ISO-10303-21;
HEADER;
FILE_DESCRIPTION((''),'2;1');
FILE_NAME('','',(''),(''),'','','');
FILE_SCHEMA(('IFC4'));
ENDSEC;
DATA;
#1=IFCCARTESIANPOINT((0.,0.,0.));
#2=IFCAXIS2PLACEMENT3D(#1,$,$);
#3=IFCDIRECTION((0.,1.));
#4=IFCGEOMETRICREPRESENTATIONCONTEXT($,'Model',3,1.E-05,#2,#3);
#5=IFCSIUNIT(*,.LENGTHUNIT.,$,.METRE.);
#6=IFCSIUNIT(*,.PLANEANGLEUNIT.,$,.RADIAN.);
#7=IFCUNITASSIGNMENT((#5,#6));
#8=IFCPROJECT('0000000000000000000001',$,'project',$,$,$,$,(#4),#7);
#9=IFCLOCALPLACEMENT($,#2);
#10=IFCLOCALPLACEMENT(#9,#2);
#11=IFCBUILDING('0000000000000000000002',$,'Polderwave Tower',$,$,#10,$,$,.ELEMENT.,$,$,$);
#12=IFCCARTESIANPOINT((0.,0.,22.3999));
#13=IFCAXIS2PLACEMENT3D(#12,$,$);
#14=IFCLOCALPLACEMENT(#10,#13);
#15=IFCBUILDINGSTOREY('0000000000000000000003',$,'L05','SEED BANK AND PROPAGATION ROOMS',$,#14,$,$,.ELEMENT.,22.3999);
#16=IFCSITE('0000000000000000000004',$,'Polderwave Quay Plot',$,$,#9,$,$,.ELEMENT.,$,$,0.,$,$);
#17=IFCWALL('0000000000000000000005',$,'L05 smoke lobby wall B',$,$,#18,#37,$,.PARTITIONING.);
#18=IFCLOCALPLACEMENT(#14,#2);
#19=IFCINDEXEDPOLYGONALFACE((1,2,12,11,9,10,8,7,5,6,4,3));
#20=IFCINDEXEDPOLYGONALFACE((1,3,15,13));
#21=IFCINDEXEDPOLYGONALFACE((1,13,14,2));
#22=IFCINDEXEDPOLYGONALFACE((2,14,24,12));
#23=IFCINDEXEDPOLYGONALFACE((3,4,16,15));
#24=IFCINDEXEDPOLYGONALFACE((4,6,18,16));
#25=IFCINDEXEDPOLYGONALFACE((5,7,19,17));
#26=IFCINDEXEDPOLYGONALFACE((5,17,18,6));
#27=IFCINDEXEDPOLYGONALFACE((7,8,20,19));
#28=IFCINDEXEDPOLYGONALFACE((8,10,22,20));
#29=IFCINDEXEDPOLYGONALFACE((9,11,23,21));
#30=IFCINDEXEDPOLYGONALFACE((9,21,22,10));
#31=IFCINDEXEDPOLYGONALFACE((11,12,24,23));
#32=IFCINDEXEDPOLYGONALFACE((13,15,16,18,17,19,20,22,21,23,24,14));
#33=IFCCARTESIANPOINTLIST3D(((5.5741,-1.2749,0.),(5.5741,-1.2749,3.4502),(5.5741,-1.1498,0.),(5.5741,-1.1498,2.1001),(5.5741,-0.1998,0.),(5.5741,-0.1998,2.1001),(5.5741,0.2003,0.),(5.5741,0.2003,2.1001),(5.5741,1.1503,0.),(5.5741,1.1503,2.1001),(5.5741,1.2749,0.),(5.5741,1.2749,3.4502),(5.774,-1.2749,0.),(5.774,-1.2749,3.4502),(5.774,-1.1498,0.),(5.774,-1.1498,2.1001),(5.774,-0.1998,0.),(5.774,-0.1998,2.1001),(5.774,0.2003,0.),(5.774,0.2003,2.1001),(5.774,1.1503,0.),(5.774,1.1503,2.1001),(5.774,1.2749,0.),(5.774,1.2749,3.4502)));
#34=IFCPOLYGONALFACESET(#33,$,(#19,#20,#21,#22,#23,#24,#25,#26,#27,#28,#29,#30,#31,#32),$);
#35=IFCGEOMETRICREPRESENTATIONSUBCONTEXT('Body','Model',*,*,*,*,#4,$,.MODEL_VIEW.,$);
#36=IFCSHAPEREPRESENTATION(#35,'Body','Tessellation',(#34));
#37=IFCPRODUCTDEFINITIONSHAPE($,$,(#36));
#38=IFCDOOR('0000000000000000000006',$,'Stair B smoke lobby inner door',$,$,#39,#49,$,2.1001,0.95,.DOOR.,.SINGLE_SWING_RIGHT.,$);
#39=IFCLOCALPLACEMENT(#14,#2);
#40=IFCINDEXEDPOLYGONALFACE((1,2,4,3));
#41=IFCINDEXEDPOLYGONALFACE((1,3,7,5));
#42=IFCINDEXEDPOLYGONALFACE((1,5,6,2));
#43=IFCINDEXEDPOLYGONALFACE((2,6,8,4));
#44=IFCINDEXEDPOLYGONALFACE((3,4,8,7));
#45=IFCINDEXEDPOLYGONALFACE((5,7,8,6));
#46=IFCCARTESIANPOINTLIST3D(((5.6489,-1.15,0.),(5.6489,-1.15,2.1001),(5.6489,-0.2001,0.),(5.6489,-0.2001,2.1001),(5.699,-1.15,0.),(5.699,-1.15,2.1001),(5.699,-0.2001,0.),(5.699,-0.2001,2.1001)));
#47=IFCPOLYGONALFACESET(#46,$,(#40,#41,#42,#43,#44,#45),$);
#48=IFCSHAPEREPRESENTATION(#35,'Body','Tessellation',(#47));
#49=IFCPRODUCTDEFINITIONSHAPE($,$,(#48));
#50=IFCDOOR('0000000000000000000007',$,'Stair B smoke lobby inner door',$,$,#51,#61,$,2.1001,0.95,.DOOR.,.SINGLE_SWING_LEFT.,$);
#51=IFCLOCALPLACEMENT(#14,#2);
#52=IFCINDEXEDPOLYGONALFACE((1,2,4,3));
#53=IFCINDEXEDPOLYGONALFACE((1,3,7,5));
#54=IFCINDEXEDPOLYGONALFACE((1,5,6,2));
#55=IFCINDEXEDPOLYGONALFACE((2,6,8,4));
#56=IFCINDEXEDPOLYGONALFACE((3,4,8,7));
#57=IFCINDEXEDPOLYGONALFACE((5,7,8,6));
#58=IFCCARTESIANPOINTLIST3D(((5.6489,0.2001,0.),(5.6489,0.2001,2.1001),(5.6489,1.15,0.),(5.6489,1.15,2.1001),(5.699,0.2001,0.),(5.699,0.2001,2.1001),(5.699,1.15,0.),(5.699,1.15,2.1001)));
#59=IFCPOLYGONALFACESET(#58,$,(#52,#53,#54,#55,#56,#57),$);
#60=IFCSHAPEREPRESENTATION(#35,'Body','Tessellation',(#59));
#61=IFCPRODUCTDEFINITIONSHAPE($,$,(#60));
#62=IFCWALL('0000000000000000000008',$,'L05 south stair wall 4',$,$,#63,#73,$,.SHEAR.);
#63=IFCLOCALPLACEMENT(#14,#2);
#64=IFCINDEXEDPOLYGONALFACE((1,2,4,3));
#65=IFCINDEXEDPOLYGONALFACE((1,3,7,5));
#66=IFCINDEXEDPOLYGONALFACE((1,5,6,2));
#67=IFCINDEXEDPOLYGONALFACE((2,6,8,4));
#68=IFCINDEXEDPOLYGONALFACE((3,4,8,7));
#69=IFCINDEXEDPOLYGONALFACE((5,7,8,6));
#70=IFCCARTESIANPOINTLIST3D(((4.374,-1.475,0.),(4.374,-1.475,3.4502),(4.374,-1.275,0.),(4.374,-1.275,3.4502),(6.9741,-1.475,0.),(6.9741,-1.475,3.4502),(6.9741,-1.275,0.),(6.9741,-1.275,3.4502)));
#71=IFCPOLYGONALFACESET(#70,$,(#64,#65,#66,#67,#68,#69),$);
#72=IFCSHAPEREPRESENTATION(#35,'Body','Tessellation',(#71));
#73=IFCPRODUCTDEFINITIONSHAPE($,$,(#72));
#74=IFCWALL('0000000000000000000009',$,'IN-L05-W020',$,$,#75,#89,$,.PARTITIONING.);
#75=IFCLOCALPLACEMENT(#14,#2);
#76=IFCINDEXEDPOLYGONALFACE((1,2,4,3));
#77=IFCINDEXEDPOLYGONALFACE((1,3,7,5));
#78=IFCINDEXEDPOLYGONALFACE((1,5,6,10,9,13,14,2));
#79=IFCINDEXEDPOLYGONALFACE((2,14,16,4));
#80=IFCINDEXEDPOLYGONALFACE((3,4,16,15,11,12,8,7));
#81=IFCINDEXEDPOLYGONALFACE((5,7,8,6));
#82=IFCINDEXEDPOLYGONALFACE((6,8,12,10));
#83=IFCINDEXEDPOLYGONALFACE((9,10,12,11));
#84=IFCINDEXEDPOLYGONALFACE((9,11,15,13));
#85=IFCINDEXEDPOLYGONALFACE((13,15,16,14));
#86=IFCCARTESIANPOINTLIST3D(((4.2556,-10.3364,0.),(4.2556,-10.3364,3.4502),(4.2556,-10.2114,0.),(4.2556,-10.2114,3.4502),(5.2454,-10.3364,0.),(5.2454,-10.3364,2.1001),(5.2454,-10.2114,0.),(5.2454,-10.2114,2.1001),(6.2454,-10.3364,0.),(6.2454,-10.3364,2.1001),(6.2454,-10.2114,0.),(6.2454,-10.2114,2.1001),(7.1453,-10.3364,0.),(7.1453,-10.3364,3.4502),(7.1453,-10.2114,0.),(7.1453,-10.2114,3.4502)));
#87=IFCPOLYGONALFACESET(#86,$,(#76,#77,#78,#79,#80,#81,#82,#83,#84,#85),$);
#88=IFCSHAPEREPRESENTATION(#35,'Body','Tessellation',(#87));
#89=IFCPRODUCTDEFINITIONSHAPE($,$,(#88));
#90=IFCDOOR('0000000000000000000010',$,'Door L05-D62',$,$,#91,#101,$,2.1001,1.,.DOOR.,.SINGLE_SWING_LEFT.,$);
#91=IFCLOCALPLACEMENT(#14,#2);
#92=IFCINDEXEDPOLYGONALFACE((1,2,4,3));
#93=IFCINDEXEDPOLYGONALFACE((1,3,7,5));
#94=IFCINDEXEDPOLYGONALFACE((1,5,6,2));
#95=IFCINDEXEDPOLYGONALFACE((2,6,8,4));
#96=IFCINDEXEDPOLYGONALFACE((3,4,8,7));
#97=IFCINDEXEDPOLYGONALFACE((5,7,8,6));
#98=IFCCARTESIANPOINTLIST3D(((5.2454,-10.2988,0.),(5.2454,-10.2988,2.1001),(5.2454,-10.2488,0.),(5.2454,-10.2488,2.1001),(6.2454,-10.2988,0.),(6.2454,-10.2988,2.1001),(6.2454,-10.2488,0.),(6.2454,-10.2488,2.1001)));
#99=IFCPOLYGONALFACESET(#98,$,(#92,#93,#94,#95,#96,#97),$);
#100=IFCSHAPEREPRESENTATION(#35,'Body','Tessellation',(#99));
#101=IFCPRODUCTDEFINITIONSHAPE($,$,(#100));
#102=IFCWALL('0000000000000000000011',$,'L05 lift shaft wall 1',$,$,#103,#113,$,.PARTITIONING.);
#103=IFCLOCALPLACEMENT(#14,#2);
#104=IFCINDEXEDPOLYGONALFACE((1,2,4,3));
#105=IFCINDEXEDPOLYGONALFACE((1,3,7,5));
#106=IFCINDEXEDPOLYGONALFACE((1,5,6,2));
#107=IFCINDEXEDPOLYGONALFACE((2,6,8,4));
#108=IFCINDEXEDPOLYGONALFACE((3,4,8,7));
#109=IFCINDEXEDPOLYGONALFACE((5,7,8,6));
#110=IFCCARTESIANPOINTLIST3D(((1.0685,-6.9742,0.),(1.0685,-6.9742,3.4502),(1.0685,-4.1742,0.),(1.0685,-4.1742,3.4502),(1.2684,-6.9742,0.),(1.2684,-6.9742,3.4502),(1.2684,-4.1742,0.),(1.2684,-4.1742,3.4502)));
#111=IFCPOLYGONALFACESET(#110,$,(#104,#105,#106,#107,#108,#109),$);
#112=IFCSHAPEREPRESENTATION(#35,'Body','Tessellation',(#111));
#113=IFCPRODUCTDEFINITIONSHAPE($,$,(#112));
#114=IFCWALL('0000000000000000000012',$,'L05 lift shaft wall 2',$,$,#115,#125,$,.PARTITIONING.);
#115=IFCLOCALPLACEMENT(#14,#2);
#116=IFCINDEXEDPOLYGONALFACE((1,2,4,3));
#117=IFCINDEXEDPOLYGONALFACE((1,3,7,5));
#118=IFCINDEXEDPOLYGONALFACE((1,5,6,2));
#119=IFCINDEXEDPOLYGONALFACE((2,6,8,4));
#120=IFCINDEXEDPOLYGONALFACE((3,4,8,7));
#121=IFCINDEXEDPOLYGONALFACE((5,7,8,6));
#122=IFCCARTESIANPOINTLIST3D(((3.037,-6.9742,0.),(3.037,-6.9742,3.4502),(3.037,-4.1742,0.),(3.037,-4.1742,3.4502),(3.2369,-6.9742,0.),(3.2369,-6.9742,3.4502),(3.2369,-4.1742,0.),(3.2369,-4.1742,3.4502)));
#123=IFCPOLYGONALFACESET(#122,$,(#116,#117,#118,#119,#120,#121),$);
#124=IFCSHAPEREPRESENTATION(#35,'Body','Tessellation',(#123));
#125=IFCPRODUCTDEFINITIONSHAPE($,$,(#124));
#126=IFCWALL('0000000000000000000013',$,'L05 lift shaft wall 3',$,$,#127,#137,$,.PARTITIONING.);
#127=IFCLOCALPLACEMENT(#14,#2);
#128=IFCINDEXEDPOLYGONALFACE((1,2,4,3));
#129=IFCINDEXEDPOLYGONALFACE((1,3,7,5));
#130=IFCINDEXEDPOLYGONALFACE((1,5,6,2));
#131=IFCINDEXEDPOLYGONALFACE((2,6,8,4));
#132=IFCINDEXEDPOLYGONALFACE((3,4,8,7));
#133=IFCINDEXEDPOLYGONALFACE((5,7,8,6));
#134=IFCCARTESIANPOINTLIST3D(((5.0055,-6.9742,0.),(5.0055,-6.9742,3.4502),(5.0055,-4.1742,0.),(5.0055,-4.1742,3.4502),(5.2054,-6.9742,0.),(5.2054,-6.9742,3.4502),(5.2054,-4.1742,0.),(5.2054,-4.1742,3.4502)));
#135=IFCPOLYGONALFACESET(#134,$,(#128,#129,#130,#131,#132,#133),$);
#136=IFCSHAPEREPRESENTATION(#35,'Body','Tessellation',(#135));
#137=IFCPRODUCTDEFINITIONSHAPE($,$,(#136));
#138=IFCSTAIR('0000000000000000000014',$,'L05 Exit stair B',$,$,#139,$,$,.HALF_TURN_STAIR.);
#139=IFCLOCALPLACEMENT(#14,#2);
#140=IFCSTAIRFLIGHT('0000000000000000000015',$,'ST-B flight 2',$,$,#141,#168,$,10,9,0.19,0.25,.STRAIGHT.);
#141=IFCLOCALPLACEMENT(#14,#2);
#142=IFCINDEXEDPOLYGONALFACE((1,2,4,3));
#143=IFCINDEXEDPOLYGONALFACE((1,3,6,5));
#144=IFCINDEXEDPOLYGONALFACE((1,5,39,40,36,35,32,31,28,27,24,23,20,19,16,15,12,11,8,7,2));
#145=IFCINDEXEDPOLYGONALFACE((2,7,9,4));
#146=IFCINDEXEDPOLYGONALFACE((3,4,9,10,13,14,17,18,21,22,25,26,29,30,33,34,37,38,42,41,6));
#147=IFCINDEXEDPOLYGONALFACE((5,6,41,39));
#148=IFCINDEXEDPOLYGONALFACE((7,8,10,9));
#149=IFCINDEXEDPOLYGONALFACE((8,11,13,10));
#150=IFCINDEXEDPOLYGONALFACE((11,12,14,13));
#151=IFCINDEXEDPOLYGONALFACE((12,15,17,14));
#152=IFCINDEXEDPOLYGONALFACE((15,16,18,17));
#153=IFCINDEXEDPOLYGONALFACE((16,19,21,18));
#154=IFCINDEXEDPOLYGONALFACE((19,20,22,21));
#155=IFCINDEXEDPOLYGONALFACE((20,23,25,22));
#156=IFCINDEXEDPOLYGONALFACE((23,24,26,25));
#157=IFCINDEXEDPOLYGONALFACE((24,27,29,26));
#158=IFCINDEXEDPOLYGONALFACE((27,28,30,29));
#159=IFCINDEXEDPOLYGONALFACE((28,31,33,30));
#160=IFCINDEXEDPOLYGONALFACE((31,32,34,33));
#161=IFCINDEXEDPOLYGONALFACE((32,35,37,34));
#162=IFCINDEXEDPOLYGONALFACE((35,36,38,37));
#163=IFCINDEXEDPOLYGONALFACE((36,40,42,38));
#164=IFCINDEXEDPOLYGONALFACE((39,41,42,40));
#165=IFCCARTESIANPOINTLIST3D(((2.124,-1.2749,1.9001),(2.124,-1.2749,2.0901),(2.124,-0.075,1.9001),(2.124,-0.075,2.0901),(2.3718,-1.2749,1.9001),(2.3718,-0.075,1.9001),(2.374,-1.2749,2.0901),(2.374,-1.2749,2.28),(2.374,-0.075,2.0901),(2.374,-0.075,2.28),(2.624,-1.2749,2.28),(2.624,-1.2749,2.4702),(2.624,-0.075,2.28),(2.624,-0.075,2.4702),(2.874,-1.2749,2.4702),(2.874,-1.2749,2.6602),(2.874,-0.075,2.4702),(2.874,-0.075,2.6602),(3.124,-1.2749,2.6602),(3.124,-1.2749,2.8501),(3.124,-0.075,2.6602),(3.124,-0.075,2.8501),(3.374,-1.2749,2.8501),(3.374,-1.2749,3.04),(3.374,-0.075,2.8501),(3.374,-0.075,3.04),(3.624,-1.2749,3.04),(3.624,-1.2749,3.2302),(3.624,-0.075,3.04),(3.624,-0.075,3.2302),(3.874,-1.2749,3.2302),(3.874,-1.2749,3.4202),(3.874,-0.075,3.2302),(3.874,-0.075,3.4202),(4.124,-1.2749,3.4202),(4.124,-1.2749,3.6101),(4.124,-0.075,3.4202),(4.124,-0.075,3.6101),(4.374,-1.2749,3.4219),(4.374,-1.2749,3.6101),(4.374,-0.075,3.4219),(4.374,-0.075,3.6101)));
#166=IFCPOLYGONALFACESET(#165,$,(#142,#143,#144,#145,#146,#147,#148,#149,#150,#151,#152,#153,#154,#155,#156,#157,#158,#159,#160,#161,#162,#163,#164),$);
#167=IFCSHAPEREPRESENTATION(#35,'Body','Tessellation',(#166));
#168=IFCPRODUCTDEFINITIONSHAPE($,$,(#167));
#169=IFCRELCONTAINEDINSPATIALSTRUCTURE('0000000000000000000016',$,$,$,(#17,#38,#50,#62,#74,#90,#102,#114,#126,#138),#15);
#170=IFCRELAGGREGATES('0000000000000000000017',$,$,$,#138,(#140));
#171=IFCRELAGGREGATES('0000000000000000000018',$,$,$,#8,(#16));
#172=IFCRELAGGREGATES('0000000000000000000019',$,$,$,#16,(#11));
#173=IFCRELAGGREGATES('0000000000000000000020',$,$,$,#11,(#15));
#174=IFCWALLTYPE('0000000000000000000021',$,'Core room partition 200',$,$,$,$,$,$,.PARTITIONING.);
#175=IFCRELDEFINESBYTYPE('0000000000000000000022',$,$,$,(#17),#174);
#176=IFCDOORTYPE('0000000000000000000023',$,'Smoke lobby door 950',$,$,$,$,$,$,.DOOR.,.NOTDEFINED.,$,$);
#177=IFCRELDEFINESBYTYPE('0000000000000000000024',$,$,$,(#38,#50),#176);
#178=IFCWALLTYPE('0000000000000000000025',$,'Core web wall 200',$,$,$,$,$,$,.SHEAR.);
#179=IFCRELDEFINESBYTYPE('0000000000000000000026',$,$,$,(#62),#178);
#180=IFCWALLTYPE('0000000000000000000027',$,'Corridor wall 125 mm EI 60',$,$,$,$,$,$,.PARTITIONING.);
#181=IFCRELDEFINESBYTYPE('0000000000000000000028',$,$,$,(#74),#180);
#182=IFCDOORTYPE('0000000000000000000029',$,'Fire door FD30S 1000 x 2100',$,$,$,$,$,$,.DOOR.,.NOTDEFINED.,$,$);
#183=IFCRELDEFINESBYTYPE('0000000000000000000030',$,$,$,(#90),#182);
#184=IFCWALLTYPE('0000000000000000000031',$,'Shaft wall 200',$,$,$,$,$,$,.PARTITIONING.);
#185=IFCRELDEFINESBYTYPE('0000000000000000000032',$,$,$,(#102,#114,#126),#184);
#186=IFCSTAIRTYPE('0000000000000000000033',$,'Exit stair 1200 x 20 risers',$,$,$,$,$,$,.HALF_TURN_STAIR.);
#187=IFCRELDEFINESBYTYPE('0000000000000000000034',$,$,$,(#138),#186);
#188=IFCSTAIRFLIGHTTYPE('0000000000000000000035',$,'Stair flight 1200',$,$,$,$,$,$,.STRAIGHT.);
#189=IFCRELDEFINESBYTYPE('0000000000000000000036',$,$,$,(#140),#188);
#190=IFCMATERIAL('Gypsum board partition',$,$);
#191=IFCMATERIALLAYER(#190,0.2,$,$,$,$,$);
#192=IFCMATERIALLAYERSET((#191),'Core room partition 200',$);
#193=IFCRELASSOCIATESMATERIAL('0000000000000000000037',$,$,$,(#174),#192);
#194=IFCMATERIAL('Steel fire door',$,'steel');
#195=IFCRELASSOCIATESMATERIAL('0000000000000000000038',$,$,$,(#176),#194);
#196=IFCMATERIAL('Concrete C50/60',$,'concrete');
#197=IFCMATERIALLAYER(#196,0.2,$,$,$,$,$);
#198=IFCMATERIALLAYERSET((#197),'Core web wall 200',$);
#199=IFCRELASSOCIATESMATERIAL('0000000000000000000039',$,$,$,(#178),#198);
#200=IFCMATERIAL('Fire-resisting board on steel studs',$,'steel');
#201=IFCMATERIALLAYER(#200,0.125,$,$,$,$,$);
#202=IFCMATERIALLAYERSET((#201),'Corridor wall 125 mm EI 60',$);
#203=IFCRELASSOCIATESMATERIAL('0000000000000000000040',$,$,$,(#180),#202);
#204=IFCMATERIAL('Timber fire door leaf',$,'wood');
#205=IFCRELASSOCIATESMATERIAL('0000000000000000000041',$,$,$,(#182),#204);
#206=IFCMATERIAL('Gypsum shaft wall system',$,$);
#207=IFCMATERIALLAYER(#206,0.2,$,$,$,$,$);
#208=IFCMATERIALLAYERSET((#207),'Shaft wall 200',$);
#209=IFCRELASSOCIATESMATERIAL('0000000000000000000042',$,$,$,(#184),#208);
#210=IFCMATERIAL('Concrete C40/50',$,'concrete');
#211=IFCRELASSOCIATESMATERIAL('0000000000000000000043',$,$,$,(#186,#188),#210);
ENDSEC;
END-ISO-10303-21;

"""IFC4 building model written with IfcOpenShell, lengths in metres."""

from ifc_helpers import new_model, si_unit, direction, frame, frame_2d, origin, place, context, subcontext, project, spatial, polyline, rectangle, outline, extrude, material, layer, layer_set, type_object, element, fill, aggregate, save


model = new_model("IFC4")

# Units and contexts
model_context = context("Model", 3, precision=1e-05, world=origin(), true_north=direction((0.0, 1.0)))
body_context = subcontext(model_context, "Body", "Model", "MODEL_VIEW")
ifc_project = project(units=[si_unit("LENGTHUNIT", "METRE"), si_unit("PLANEANGLEUNIT", "RADIAN")], contexts=[model_context])

# Site, building, storey
site_placement = place(None, origin())
site = spatial("IfcSite", under=ifc_project, at=site_placement, Name="Polderwave Quay Plot", CompositionType="ELEMENT", RefElevation=0.0)
building_placement = place(site_placement, origin())
building = spatial("IfcBuilding", under=site, at=building_placement, Name="Polderwave Tower", CompositionType="ELEMENT")
storey_placement = place(building_placement, frame((0.0, 0.0, 22.3999)))
storey = spatial("IfcBuildingStorey", under=building, at=storey_placement, Name="L05", Description="SEED BANK AND PROPAGATION ROOMS", CompositionType="ELEMENT", Elevation=22.3999)

# Wall, openings, doors
ifc_material_1 = material(Name="Gypsum board partition")
ifc_layer_1 = layer(ifc_material_1, 0.2)
ifc_layer_set_1 = layer_set([ifc_layer_1], Name="Core room partition 200")
wall_type_1 = type_object("IfcWallType", Name="Core room partition 200", PredefinedType="PARTITIONING", material=ifc_layer_set_1)
wall_1_placement = place(storey_placement, frame((5.6741, -1.2749, 0.0), z_axis=(0.0, 0.0, 1.0), x_axis=(0.0, 1.0, 0.0)))
wall_1 = element("IfcWall", 1, at=wall_1_placement, inside=storey, type_object=wall_type_1, Name="L05 smoke lobby wall B", PredefinedType="PARTITIONING", context=body_context, shape_type="SweptSolid", body=[
    extrude(rectangle(XDim=2.5498, YDim=0.2, at=frame_2d((1.2749, 0.0))), origin(), (0.0, 0.0, 1.0), 3.4502),
])
opening_1_placement = place(wall_1_placement, frame((0.125, 0.0, 0.0)))
opening_1 = element("IfcOpeningElement", 2, at=opening_1_placement, cuts=wall_1, PredefinedType="OPENING", context=body_context, shape_type="SweptSolid", body=[
    extrude(rectangle(XDim=0.95, YDim=2.1001, at=frame_2d((0.4751, 1.05))), frame((0.0, 0.1099, 0.0), z_axis=(0.0, -1.0, 0.0), x_axis=(1.0, 0.0, 0.0)), (0.0, 0.0, 1.0), 0.22),
])
opening_2_placement = place(wall_1_placement, frame((1.4751, 0.0, 0.0)))
opening_2 = element("IfcOpeningElement", 3, at=opening_2_placement, cuts=wall_1, PredefinedType="OPENING", context=body_context, shape_type="SweptSolid", body=[
    extrude(rectangle(XDim=0.95, YDim=2.1001, at=frame_2d((0.4751, 1.05))), frame((0.0, 0.1099, 0.0), z_axis=(0.0, -1.0, 0.0), x_axis=(1.0, 0.0, 0.0)), (0.0, 0.0, 1.0), 0.22),
])
ifc_material_2 = material(Name="Steel fire door", Category="steel")
door_type_1 = type_object("IfcDoorType", Name="Smoke lobby door 950", OperationType="NOTDEFINED", PredefinedType="DOOR", material=ifc_material_2)
door_1_placement = place(opening_1_placement, frame((0.95, 0.0, 0.0), z_axis=(0.0, 0.0, 1.0), x_axis=(-1.0, 0.0, 0.0)))
door_1 = element("IfcDoor", 4, at=door_1_placement, inside=storey, type_object=door_type_1, Name="Stair B smoke lobby inner door", OperationType="SINGLE_SWING_RIGHT", OverallHeight=2.1001, OverallWidth=0.95, PredefinedType="DOOR", context=body_context, shape_type="SweptSolid", body=[
    extrude(rectangle(XDim=0.95, YDim=2.1001, at=frame_2d((0.4751, 1.05))), frame((0.0, 0.0249, 0.0), z_axis=(0.0, -1.0, 0.0), x_axis=(1.0, 0.0, 0.0)), (0.0, 0.0, 1.0), 0.05),
])
fill(opening_1, door_1)
door_2_placement = place(opening_2_placement, frame((0.95, 0.0, 0.0), z_axis=(0.0, 0.0, 1.0), x_axis=(-1.0, 0.0, 0.0)))
door_2 = element("IfcDoor", 5, at=door_2_placement, inside=storey, type_object=door_type_1, Name="Stair B smoke lobby inner door", OperationType="SINGLE_SWING_LEFT", OverallHeight=2.1001, OverallWidth=0.95, PredefinedType="DOOR", context=body_context, shape_type="SweptSolid", body=[
    extrude(rectangle(XDim=0.95, YDim=2.1001, at=frame_2d((0.4751, 1.05))), frame((0.0, 0.0249, 0.0), z_axis=(0.0, -1.0, 0.0), x_axis=(1.0, 0.0, 0.0)), (0.0, 0.0, 1.0), 0.05),
])
fill(opening_2, door_2)

# Wall
ifc_material_3 = material(Name="Concrete C50/60", Category="concrete")
ifc_layer_2 = layer(ifc_material_3, 0.2)
ifc_layer_set_2 = layer_set([ifc_layer_2], Name="Core web wall 200")
wall_type_2 = type_object("IfcWallType", Name="Core web wall 200", PredefinedType="SHEAR", material=ifc_layer_set_2)
wall_2_placement = place(storey_placement, frame((4.374, -1.375, 0.0), z_axis=(0.0, 0.0, 1.0), x_axis=(1.0, 0.0, 0.0)))
element("IfcWall", 6, at=wall_2_placement, inside=storey, type_object=wall_type_2, Name="L05 south stair wall 4", PredefinedType="SHEAR", context=body_context, shape_type="SweptSolid", body=[
    extrude(rectangle(XDim=2.6001, YDim=0.2, at=frame_2d((1.3, 0.0))), origin(), (0.0, 0.0, 1.0), 3.4502),
])

# Wall, opening, door
ifc_material_4 = material(Name="Fire-resisting board on steel studs", Category="steel")
ifc_layer_3 = layer(ifc_material_4, 0.125)
ifc_layer_set_3 = layer_set([ifc_layer_3], Name="Corridor wall 125 mm EI 60")
wall_type_3 = type_object("IfcWallType", Name="Corridor wall 125 mm EI 60", PredefinedType="PARTITIONING", material=ifc_layer_set_3)
wall_3_placement = place(storey_placement, frame((7.1453, -10.2739, 0.0), z_axis=(0.0, 0.0, 1.0), x_axis=(-1.0, 0.0, 0.0)))
wall_3 = element("IfcWall", 7, at=wall_3_placement, inside=storey, type_object=wall_type_3, Name="IN-L05-W020", PredefinedType="PARTITIONING", context=body_context, shape_type="SweptSolid", body=[
    extrude(rectangle(XDim=2.8896, YDim=0.125, at=frame_2d((1.4448, 0.0))), origin(), (0.0, 0.0, 1.0), 3.4502),
])
opening_3_placement = place(wall_3_placement, frame((0.8999, 0.0, 0.0)))
opening_3 = element("IfcOpeningElement", 8, at=opening_3_placement, cuts=wall_3, PredefinedType="OPENING", context=body_context, shape_type="SweptSolid", body=[
    extrude(rectangle(XDim=1.0, YDim=2.1001, at=frame_2d((0.5, 1.05))), frame((0.0, 0.0725, 0.0), z_axis=(0.0, -1.0, 0.0), x_axis=(1.0, 0.0, 0.0)), (0.0, 0.0, 1.0), 0.145),
])
ifc_material_5 = material(Name="Timber fire door leaf", Category="wood")
door_type_2 = type_object("IfcDoorType", Name="Fire door FD30S 1000 x 2100", OperationType="NOTDEFINED", PredefinedType="DOOR", material=ifc_material_5)
door_3_placement = place(opening_3_placement, origin())
door_3 = element("IfcDoor", 9, at=door_3_placement, inside=storey, type_object=door_type_2, Name="Door L05-D62", OperationType="SINGLE_SWING_LEFT", OverallHeight=2.1001, OverallWidth=1.0, PredefinedType="DOOR", context=body_context, shape_type="SweptSolid", body=[
    extrude(rectangle(XDim=1.0, YDim=2.1001, at=frame_2d((0.5, 1.05))), frame((0.0, 0.0249, 0.0), z_axis=(0.0, -1.0, 0.0), x_axis=(1.0, 0.0, 0.0)), (0.0, 0.0, 1.0), 0.05),
])
fill(opening_3, door_3)

# Walls
ifc_material_6 = material(Name="Gypsum shaft wall system")
ifc_layer_4 = layer(ifc_material_6, 0.2)
ifc_layer_set_4 = layer_set([ifc_layer_4], Name="Shaft wall 200")
wall_type_4 = type_object("IfcWallType", Name="Shaft wall 200", PredefinedType="PARTITIONING", material=ifc_layer_set_4)
for number, where, z_axis, x_axis, name in (
    (10, (1.1685, -6.9741, 0.0), (0.0, 0.0, 1.0), (0.0, 1.0, 0.0), "L05 lift shaft wall 1"),
    (11, (3.137, -6.9741, 0.0), (0.0, 0.0, 1.0), (0.0, 1.0, 0.0), "L05 lift shaft wall 2"),
    (12, (5.1055, -6.9741, 0.0), (0.0, 0.0, 1.0), (0.0, 1.0, 0.0), "L05 lift shaft wall 3"),
):
    element("IfcWall", number, at=place(storey_placement, frame(where, z_axis=z_axis, x_axis=x_axis)), inside=storey, type_object=wall_type_4, Name=name, PredefinedType="PARTITIONING", context=body_context, shape_type="SweptSolid", body=[
        extrude(rectangle(XDim=2.8, YDim=0.2, at=frame_2d((1.3999, 0.0))), origin(), (0.0, 0.0, 1.0), 3.4502),
    ])

# Stair, stair flight
ifc_material_7 = material(Name="Concrete C40/50", Category="concrete")
stair_type = type_object("IfcStairType", Name="Exit stair 1200 x 20 risers", PredefinedType="HALF_TURN_STAIR", material=ifc_material_7)
stair_placement = place(storey_placement, origin())
stair = element("IfcStair", 13, at=stair_placement, inside=storey, type_object=stair_type, Name="L05 Exit stair B", PredefinedType="HALF_TURN_STAIR")
stair_flight_type = type_object("IfcStairFlightType", Name="Stair flight 1200", PredefinedType="STRAIGHT", material=ifc_material_7)
stair_flight_placement = place(storey_placement, frame((2.124, -0.675, 1.9001), z_axis=(0.0, 0.0, 1.0), x_axis=(1.0, 0.0, 0.0)))
stair_flight = element("IfcStairFlight", 14, at=stair_flight_placement, type_object=stair_flight_type, Name="ST-B flight 2", NumberOfRisers=10, NumberOfTreads=9, PredefinedType="STRAIGHT", RiserHeight=0.19, TreadLength=0.25, context=body_context, shape_type="SweptSolid", body=[
    extrude(outline(polyline([(0.0, 0.0), (0.0, 0.1899), (0.25, 0.1899), (0.25, 0.3799), (0.5, 0.3799), (0.5, 0.5701), (0.75, 0.5701), (0.75, 0.76), (1.0, 0.76), (1.0, 0.95), (1.25, 0.95), (1.25, 1.1399), (1.5, 1.1399), (1.5, 1.3301), (1.75, 1.3301), (1.75, 1.52), (2.0, 1.52), (2.0, 1.71), (2.25, 1.71), (2.25, 1.8999), (2.25, 1.5217), (0.2478, 0.0), (0.0, 0.0)])), frame((0.0, 0.6001, 0.0), z_axis=(0.0, -1.0, 0.0), x_axis=(1.0, 0.0, 0.0)), (0.0, 0.0, 1.0), 1.2),
])
aggregate(stair, [stair_flight])

save(model, "model.ifc")
